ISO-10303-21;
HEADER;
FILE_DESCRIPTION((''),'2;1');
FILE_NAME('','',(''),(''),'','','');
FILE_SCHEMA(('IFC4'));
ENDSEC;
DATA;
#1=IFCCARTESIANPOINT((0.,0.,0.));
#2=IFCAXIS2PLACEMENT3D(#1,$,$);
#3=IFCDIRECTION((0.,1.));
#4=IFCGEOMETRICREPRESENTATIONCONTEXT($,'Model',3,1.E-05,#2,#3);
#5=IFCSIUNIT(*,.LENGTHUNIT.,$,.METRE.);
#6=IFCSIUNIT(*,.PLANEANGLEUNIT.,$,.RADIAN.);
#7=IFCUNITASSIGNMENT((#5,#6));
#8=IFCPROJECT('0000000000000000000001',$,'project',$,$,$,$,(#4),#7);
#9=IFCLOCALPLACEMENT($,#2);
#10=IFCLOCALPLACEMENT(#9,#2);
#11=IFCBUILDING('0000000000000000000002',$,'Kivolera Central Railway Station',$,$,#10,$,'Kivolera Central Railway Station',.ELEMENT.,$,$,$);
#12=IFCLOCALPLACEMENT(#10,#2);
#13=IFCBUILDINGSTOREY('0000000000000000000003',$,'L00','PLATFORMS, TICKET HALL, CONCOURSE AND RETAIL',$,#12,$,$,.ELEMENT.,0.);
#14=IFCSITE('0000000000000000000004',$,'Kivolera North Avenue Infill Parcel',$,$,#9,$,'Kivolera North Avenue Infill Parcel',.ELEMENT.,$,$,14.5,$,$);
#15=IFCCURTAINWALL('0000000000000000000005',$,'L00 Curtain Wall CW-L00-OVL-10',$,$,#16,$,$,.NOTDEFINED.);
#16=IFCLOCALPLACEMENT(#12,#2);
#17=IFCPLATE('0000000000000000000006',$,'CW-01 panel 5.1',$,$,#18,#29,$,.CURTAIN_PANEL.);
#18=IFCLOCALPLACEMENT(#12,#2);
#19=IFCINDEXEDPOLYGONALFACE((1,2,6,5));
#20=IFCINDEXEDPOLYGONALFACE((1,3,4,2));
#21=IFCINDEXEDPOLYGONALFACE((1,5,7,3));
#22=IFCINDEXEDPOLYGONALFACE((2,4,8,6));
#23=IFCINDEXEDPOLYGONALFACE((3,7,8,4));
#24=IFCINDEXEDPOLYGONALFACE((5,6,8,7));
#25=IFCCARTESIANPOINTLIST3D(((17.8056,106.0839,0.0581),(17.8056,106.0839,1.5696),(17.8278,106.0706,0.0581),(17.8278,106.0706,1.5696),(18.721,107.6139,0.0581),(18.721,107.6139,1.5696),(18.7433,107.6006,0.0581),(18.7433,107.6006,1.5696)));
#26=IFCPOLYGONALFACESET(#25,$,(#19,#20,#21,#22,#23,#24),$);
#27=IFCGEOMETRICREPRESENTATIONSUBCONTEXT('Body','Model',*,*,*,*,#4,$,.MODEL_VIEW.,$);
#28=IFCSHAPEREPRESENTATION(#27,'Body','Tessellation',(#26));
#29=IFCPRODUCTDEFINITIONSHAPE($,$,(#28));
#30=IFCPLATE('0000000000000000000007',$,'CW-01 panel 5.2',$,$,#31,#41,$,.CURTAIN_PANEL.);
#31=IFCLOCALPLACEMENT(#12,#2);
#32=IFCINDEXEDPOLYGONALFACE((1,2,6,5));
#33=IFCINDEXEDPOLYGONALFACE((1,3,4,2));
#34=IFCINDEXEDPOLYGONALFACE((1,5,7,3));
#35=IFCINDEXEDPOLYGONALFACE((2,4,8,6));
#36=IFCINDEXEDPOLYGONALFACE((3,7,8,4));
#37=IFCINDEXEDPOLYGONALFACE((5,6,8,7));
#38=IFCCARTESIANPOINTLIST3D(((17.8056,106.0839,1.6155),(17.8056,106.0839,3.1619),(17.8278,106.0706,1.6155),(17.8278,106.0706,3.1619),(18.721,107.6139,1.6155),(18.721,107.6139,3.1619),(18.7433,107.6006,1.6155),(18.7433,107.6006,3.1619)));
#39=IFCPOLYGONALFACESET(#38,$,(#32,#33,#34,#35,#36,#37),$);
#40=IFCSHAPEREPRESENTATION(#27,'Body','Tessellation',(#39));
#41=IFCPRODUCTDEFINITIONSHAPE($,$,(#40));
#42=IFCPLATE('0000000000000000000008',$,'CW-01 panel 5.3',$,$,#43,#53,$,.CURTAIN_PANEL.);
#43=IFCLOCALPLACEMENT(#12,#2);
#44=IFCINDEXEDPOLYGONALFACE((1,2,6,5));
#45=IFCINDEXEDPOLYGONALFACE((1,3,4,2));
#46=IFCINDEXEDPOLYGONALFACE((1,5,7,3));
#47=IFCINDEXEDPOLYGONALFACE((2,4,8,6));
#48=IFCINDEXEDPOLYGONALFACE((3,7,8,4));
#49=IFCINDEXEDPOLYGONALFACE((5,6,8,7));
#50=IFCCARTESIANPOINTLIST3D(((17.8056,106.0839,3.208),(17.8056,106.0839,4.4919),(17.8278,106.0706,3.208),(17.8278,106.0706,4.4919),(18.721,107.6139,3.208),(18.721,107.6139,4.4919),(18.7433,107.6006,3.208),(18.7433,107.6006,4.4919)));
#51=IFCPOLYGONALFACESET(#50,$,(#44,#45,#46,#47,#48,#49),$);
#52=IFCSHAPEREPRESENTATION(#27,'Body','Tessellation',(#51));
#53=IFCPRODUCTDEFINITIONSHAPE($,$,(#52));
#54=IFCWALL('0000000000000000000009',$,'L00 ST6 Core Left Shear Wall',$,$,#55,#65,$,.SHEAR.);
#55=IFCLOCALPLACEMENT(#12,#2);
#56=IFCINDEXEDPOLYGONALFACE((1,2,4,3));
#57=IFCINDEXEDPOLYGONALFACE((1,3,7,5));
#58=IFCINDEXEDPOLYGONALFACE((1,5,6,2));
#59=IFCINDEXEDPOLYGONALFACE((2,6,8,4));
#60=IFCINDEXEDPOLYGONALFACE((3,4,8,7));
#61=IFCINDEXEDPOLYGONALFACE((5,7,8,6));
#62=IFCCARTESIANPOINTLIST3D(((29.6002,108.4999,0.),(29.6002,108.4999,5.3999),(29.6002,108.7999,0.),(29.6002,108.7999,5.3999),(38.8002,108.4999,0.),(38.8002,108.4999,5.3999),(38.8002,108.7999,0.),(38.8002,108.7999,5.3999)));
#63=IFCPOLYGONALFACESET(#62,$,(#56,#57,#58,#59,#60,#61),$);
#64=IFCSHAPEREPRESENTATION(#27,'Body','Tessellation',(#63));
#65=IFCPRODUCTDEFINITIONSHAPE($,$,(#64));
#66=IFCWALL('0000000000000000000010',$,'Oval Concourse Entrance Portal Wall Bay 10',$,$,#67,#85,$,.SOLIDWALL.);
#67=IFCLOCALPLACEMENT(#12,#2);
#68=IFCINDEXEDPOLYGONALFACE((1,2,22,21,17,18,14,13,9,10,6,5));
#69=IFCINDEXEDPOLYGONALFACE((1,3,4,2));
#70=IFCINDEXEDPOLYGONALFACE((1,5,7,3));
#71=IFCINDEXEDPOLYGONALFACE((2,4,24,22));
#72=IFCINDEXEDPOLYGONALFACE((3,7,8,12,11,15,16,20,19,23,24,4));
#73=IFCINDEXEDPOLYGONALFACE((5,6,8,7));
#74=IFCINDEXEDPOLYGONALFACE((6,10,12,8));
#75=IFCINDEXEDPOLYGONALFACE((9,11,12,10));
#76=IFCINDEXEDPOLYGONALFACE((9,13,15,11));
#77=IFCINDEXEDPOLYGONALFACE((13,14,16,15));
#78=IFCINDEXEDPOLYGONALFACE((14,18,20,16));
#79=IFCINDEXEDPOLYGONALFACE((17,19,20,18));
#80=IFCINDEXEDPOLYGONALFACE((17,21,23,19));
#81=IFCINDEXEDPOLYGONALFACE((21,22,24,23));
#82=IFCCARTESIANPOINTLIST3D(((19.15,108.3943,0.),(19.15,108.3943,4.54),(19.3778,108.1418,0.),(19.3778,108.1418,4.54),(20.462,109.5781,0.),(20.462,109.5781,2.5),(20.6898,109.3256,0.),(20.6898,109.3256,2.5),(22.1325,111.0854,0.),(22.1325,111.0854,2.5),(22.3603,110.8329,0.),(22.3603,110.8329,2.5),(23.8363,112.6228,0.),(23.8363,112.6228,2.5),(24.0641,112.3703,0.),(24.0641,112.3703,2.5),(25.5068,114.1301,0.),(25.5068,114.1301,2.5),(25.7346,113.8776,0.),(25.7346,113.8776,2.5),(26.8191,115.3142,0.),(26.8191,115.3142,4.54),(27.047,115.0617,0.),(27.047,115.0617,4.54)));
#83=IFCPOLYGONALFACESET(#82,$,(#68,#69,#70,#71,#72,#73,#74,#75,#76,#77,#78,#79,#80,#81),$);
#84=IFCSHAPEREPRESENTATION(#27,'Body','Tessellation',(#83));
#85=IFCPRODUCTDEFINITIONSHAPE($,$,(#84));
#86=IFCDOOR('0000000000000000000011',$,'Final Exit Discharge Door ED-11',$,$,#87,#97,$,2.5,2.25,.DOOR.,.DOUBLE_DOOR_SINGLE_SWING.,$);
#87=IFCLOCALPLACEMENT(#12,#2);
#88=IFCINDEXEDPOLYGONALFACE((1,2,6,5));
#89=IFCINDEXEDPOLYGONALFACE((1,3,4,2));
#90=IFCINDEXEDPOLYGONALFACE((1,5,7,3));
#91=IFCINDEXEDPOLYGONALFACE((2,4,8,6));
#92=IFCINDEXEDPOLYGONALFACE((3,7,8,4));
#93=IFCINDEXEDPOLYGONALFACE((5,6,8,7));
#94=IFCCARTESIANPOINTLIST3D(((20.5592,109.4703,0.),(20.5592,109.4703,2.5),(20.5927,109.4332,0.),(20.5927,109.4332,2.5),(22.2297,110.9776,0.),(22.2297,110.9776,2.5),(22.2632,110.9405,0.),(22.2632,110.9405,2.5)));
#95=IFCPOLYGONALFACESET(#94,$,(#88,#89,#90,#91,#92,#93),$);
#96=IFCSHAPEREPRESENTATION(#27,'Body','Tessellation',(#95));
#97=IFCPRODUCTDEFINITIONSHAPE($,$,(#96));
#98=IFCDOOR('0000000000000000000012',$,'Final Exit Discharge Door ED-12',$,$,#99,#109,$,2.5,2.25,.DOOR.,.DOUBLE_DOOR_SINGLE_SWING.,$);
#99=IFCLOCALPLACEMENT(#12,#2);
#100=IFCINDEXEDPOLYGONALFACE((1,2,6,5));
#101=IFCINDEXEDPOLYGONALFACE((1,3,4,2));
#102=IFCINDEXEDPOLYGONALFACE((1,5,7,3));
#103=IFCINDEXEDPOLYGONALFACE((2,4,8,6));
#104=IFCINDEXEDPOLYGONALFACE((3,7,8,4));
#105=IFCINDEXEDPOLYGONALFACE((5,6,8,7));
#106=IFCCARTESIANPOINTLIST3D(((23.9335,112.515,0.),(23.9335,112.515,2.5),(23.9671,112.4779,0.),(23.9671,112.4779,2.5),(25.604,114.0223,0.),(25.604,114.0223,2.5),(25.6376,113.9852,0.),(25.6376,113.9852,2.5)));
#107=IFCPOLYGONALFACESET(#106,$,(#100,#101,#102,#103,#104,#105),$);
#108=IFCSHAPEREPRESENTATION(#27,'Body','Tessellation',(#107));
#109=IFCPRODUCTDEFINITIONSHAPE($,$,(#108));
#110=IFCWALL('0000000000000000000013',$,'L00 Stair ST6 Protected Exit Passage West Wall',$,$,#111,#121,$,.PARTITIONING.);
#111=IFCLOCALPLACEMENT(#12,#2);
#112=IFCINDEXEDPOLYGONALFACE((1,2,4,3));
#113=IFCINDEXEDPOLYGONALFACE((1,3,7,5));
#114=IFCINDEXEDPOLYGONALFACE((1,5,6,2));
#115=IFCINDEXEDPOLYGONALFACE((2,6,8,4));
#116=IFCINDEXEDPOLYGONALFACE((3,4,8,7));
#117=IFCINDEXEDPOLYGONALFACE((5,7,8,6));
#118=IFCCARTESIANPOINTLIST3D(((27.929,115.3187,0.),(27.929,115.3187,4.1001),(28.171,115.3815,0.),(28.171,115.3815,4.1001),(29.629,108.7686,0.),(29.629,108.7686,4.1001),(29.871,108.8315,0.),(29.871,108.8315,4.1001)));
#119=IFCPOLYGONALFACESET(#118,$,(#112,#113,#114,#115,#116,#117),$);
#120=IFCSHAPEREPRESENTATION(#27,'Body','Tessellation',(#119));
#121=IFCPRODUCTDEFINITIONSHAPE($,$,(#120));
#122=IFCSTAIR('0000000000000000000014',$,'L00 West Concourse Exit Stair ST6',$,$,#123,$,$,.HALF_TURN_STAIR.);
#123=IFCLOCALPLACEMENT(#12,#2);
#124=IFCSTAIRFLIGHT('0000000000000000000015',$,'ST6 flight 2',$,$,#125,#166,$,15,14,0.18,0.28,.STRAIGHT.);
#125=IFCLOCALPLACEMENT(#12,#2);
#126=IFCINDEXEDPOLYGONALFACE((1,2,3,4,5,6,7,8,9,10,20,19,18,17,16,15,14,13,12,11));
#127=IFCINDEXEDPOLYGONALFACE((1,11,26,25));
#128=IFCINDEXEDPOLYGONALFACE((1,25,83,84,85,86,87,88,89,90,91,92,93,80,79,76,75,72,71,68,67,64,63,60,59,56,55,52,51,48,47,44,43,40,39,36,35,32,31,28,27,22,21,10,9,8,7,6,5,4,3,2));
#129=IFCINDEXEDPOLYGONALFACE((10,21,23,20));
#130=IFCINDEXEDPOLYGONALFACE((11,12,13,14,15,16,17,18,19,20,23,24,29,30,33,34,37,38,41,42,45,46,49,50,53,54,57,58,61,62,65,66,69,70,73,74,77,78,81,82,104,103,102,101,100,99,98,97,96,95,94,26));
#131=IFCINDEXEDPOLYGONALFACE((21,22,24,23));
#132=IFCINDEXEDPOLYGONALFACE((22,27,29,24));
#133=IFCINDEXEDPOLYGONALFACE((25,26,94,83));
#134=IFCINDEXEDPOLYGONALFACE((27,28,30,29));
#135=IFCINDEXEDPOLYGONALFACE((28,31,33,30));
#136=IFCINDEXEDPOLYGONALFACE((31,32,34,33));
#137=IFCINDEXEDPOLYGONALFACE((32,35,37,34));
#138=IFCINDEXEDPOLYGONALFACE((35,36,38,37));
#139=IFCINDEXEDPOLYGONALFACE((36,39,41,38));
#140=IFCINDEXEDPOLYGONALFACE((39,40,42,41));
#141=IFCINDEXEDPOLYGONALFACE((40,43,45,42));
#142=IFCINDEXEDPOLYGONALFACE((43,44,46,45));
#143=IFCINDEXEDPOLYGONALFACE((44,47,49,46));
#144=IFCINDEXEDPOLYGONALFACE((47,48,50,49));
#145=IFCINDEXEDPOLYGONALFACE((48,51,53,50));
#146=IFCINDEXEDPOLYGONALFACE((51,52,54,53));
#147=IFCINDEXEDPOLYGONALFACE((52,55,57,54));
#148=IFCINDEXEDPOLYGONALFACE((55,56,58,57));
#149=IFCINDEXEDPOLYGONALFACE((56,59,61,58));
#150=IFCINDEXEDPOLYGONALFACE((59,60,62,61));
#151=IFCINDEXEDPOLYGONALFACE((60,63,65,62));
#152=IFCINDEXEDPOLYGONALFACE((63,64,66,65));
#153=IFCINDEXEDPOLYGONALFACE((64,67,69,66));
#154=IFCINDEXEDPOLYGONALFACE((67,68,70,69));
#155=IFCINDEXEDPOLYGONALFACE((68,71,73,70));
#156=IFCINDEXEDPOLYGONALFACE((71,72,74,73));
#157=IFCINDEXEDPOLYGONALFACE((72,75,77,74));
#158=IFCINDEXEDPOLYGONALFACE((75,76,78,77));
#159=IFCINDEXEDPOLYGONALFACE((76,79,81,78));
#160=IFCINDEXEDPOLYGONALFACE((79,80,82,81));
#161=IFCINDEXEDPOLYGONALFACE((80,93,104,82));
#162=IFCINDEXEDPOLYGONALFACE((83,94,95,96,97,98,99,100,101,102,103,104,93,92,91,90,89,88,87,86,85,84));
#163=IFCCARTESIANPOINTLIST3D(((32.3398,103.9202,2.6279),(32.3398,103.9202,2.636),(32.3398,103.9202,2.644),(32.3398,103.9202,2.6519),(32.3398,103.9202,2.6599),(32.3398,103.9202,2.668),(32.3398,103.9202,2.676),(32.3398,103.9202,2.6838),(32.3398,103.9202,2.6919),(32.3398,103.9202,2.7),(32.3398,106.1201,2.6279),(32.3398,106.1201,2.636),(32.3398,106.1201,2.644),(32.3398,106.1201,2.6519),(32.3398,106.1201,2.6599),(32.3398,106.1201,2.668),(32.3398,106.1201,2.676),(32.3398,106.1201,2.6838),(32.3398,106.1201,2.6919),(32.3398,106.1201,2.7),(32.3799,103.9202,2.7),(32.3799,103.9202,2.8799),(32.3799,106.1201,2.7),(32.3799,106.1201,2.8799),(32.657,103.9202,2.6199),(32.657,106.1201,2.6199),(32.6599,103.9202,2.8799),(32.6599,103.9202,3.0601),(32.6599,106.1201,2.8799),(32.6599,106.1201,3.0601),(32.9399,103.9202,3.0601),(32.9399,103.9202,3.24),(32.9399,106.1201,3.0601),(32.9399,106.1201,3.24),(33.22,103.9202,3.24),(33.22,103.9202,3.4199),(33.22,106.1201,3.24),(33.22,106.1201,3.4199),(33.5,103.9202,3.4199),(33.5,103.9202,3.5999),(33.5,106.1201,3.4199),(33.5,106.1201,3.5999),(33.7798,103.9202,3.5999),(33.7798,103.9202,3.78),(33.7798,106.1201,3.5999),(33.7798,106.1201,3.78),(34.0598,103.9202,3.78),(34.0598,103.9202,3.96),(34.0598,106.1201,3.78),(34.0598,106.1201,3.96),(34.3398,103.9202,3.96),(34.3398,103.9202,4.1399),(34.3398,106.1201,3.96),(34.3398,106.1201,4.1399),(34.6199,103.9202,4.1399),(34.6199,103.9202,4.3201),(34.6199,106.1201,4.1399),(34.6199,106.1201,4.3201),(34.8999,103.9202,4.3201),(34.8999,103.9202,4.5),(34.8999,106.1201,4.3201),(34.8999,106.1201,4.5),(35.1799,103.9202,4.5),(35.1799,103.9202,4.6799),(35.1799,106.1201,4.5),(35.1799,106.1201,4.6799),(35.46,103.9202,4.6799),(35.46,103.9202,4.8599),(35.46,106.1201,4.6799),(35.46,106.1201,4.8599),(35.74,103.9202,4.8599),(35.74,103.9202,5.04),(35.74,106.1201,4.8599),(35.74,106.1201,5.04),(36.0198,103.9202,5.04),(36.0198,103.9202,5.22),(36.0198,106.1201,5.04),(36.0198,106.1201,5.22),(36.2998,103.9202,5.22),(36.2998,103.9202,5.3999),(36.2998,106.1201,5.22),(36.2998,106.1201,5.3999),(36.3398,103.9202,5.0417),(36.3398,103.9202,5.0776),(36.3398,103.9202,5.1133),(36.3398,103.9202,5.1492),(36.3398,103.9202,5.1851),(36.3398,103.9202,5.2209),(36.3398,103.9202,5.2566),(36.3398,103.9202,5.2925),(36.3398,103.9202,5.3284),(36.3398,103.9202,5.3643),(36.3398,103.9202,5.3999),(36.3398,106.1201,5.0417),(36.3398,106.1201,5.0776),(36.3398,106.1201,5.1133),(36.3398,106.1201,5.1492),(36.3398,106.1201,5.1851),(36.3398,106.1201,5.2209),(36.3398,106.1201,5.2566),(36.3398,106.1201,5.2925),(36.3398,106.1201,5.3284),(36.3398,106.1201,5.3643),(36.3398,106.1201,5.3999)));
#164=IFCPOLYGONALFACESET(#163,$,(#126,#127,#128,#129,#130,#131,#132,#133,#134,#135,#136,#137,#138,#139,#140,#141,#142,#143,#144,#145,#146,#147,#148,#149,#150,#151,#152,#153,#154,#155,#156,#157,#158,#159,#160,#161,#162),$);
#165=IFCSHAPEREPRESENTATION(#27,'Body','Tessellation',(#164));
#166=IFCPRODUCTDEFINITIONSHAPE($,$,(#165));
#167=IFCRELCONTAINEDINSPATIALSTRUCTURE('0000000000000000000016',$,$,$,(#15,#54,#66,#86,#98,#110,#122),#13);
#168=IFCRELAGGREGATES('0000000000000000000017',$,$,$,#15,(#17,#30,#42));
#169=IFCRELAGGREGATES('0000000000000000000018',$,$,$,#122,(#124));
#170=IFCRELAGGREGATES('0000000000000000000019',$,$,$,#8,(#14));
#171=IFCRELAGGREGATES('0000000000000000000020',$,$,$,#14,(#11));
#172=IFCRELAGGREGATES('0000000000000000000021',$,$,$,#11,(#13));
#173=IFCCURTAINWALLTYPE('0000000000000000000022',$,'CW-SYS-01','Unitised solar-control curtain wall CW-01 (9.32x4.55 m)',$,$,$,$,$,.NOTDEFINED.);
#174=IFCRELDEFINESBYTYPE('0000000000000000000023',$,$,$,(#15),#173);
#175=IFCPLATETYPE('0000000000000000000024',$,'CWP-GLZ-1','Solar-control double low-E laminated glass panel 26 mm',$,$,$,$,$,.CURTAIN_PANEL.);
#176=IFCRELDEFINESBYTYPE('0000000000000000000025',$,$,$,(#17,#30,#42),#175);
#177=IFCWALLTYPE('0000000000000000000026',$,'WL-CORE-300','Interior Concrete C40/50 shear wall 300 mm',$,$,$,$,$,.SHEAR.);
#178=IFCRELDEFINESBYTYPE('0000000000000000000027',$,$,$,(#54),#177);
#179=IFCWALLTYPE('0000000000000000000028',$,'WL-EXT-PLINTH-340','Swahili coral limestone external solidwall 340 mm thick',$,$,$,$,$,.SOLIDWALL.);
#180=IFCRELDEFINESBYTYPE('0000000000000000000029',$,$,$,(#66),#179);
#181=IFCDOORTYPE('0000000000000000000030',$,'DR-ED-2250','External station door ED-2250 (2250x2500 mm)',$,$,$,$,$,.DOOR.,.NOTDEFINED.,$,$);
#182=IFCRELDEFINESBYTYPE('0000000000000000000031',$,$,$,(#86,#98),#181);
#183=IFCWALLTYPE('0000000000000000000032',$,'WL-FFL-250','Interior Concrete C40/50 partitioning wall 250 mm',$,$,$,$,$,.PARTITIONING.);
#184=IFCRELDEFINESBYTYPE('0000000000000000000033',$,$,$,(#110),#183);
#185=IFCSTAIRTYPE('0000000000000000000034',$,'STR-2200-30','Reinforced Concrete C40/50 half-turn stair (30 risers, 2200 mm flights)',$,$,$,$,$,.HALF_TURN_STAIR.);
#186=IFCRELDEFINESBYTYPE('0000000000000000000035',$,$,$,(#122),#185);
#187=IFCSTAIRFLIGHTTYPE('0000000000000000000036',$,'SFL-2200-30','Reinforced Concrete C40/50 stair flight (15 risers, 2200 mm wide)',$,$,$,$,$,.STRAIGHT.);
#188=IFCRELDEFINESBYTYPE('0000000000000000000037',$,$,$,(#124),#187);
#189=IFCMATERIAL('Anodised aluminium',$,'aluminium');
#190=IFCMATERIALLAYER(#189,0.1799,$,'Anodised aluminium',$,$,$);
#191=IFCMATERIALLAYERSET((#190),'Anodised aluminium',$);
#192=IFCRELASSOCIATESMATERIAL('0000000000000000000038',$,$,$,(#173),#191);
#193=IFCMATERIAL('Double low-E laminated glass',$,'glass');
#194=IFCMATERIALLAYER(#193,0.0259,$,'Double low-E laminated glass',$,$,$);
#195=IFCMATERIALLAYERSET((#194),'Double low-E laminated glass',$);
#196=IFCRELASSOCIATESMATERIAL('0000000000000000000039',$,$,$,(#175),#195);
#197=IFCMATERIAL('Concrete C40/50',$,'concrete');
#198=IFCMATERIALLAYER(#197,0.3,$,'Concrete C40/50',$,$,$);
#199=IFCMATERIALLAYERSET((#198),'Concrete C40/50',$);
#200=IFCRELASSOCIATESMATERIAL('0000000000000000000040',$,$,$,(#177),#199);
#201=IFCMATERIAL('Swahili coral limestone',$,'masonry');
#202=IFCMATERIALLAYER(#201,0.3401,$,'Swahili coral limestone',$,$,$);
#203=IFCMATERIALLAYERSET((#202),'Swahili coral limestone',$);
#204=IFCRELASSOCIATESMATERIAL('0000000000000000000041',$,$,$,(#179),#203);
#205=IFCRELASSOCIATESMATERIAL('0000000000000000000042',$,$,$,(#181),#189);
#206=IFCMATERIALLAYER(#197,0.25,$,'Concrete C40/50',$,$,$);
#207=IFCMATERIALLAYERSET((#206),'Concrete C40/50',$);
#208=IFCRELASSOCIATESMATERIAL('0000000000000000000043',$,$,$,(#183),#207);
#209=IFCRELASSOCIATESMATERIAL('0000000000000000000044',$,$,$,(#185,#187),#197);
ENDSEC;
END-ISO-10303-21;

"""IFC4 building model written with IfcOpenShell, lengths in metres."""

from ifc_helpers import new_model, si_unit, direction, frame, frame_2d, origin, origin_2d, place, context, subcontext, project, spatial, polyline, rectangle, outline, extrude, material, layer, layer_set, type_object, element, fill, aggregate, save


model = new_model("IFC4")

# Units and contexts
model_context = context("Model", 3, precision=1e-05, world=origin(), true_north=direction((0.0, 1.0)))
body_context = subcontext(model_context, "Body", "Model", "MODEL_VIEW")
ifc_project = project(units=[si_unit("LENGTHUNIT", "METRE"), si_unit("PLANEANGLEUNIT", "RADIAN")], contexts=[model_context])

# Site, building, storey
site_placement = place(None, origin())
site = spatial("IfcSite", under=ifc_project, at=site_placement, Name="Kivolera North Avenue Infill Parcel", LongName="Kivolera North Avenue Infill Parcel", CompositionType="ELEMENT", RefElevation=14.5)
building_placement = place(site_placement, origin())
building = spatial("IfcBuilding", under=site, at=building_placement, Name="Kivolera Central Railway Station", LongName="Kivolera Central Railway Station", CompositionType="ELEMENT")
storey_placement = place(building_placement, origin())
storey = spatial("IfcBuildingStorey", under=building, at=storey_placement, Name="L00", Description="PLATFORMS, TICKET HALL, CONCOURSE AND RETAIL", CompositionType="ELEMENT", Elevation=0.0)

# Shared definitions
ifc_material_1 = material(Name="Concrete C40/50", Category="concrete")

# Curtain wall, plates
ifc_material_2 = material(Name="Anodised aluminium", Category="aluminium")
ifc_layer_1 = layer(ifc_material_2, 0.1799, Name="Anodised aluminium")
ifc_layer_set_1 = layer_set([ifc_layer_1], Name="Anodised aluminium")
curtain_wall_type = type_object("IfcCurtainWallType", Name="CW-SYS-01", Description="Unitised solar-control curtain wall CW-01 (9.32x4.55 m)", PredefinedType="NOTDEFINED", material=ifc_layer_set_1)
curtain_wall_placement = place(storey_placement, origin())
curtain_wall = element("IfcCurtainWall", 1, at=curtain_wall_placement, inside=storey, type_object=curtain_wall_type, Name="L00 Curtain Wall CW-L00-OVL-10", PredefinedType="NOTDEFINED")
ifc_material_3 = material(Name="Double low-E laminated glass", Category="glass")
ifc_layer_2 = layer(ifc_material_3, 0.0259, Name="Double low-E laminated glass")
ifc_layer_set_2 = layer_set([ifc_layer_2], Name="Double low-E laminated glass")
plate_type = type_object("IfcPlateType", Name="CWP-GLZ-1", Description="Solar-control double low-E laminated glass panel 26 mm", PredefinedType="CURTAIN_PANEL", material=ifc_layer_set_2)
plate_1_placement = place(storey_placement, frame((18.2744, 106.8423, 0.0581), z_axis=(0.0, 0.0, 1.0), x_axis=(0.513454, 0.858117, 0.0)))
plate_1 = element("IfcPlate", 2, at=plate_1_placement, type_object=plate_type, Name="CW-01 panel 5.1", PredefinedType="CURTAIN_PANEL", context=body_context, shape_type="SweptSolid", body=[
    extrude(rectangle(XDim=1.783, YDim=0.0259, at=origin_2d()), origin(), (0.0, 0.0, 1.0), 1.5115),
])
plate_2_placement = place(storey_placement, frame((18.2744, 106.8423, 1.6155), z_axis=(0.0, 0.0, 1.0), x_axis=(0.513454, 0.858117, 0.0)))
plate_2 = element("IfcPlate", 3, at=plate_2_placement, type_object=plate_type, Name="CW-01 panel 5.2", PredefinedType="CURTAIN_PANEL", context=body_context, shape_type="SweptSolid", body=[
    extrude(rectangle(XDim=1.783, YDim=0.0259, at=origin_2d()), origin(), (0.0, 0.0, 1.0), 1.5464),
])
plate_3_placement = place(storey_placement, frame((18.2744, 106.8423, 3.208), z_axis=(0.0, 0.0, 1.0), x_axis=(0.513454, 0.858117, 0.0)))
plate_3 = element("IfcPlate", 4, at=plate_3_placement, type_object=plate_type, Name="CW-01 panel 5.3", PredefinedType="CURTAIN_PANEL", context=body_context, shape_type="SweptSolid", body=[
    extrude(rectangle(XDim=1.783, YDim=0.0259, at=origin_2d()), origin(), (0.0, 0.0, 1.0), 1.2839),
])
aggregate(curtain_wall, [plate_1, plate_2, plate_3])

# Wall
ifc_layer_3 = layer(ifc_material_1, 0.3, Name="Concrete C40/50")
ifc_layer_set_3 = layer_set([ifc_layer_3], Name="Concrete C40/50")
wall_type_1 = type_object("IfcWallType", Name="WL-CORE-300", Description="Interior Concrete C40/50 shear wall 300 mm", PredefinedType="SHEAR", material=ifc_layer_set_3)
wall_1_placement = place(storey_placement, frame((29.6001, 108.6499, 0.0), z_axis=(0.0, 0.0, 1.0), x_axis=(1.0, 0.0, 0.0)))
element("IfcWall", 5, at=wall_1_placement, inside=storey, type_object=wall_type_1, Name="L00 ST6 Core Left Shear Wall", PredefinedType="SHEAR", context=body_context, shape_type="SweptSolid", body=[
    extrude(rectangle(XDim=9.2, YDim=0.3, at=frame_2d((4.6001, 0.0))), origin(), (0.0, 0.0, 1.0), 5.3999),
])

# Wall, openings, doors
ifc_material_4 = material(Name="Swahili coral limestone", Category="masonry")
ifc_layer_4 = layer(ifc_material_4, 0.3401, Name="Swahili coral limestone")
ifc_layer_set_4 = layer_set([ifc_layer_4], Name="Swahili coral limestone")
wall_type_2 = type_object("IfcWallType", Name="WL-EXT-PLINTH-340", Description="Swahili coral limestone external solidwall 340 mm thick", PredefinedType="SOLIDWALL", material=ifc_layer_set_4)
wall_2_placement = place(storey_placement, frame((19.2639, 108.2681, 0.0), z_axis=(0.0, 0.0, 1.0), x_axis=(0.742444, 0.669908, 0.0)))
wall_2 = element("IfcWall", 6, at=wall_2_placement, inside=storey, type_object=wall_type_2, Name="Oval Concourse Entrance Portal Wall Bay 10", PredefinedType="SOLIDWALL", context=body_context, shape_type="SweptSolid", body=[
    extrude(rectangle(XDim=10.3296, YDim=0.3401, at=frame_2d((5.1648, 0.0))), origin(), (0.0, 0.0, 1.0), 4.54),
])
opening_1_placement = place(wall_2_placement, frame((1.7671, 0.0, 0.0)))
opening_1 = element("IfcOpeningElement", 7, at=opening_1_placement, cuts=wall_2, PredefinedType="OPENING", context=body_context, shape_type="SweptSolid", body=[
    extrude(rectangle(XDim=2.25, YDim=2.5, at=frame_2d((1.125, 1.25))), frame((0.0, 0.1799, 0.0), z_axis=(0.0, -1.0, 0.0), x_axis=(1.0, 0.0, 0.0)), (0.0, 0.0, 1.0), 0.3601),
])
opening_2_placement = place(wall_2_placement, frame((6.312, 0.0, 0.0)))
opening_2 = element("IfcOpeningElement", 8, at=opening_2_placement, cuts=wall_2, PredefinedType="OPENING", context=body_context, shape_type="SweptSolid", body=[
    extrude(rectangle(XDim=2.25, YDim=2.5, at=frame_2d((1.125, 1.25))), frame((0.0, 0.1799, 0.0), z_axis=(0.0, -1.0, 0.0), x_axis=(1.0, 0.0, 0.0)), (0.0, 0.0, 1.0), 0.3601),
])
door_type = type_object("IfcDoorType", Name="DR-ED-2250", Description="External station door ED-2250 (2250x2500 mm)", OperationType="NOTDEFINED", PredefinedType="DOOR", material=ifc_material_2)
door_1_placement = place(opening_1_placement, origin())
door_1 = element("IfcDoor", 9, at=door_1_placement, inside=storey, type_object=door_type, Name="Final Exit Discharge Door ED-11", OperationType="DOUBLE_DOOR_SINGLE_SWING", OverallHeight=2.5, OverallWidth=2.25, PredefinedType="DOOR", context=body_context, shape_type="SweptSolid", body=[
    extrude(rectangle(XDim=2.25, YDim=2.5, at=frame_2d((1.125, 1.25))), frame((0.0, 0.0249, 0.0), z_axis=(0.0, -1.0, 0.0), x_axis=(1.0, 0.0, 0.0)), (0.0, 0.0, 1.0), 0.05),
])
fill(opening_1, door_1)
door_2_placement = place(opening_2_placement, origin())
door_2 = element("IfcDoor", 10, at=door_2_placement, inside=storey, type_object=door_type, Name="Final Exit Discharge Door ED-12", OperationType="DOUBLE_DOOR_SINGLE_SWING", OverallHeight=2.5, OverallWidth=2.25, PredefinedType="DOOR", context=body_context, shape_type="SweptSolid", body=[
    extrude(rectangle(XDim=2.25, YDim=2.5, at=frame_2d((1.125, 1.25))), frame((0.0, 0.0249, 0.0), z_axis=(0.0, -1.0, 0.0), x_axis=(1.0, 0.0, 0.0)), (0.0, 0.0, 1.0), 0.05),
])
fill(opening_2, door_2)

# Wall
ifc_layer_5 = layer(ifc_material_1, 0.25, Name="Concrete C40/50")
ifc_layer_set_5 = layer_set([ifc_layer_5], Name="Concrete C40/50")
wall_type_3 = type_object("IfcWallType", Name="WL-FFL-250", Description="Interior Concrete C40/50 partitioning wall 250 mm", PredefinedType="PARTITIONING", material=ifc_layer_set_5)
wall_3_placement = place(storey_placement, frame((29.75, 108.8, 0.0), z_axis=(0.0, 0.0, 1.0), x_axis=(-0.25121, 0.967933, 0.0)))
element("IfcWall", 11, at=wall_3_placement, inside=storey, type_object=wall_type_3, Name="L00 Stair ST6 Protected Exit Passage West Wall", PredefinedType="PARTITIONING", context=body_context, shape_type="SweptSolid", body=[
    extrude(rectangle(XDim=6.7671, YDim=0.25, at=frame_2d((3.3835, 0.0))), origin(), (0.0, 0.0, 1.0), 4.1001),
])

# Stair, stair flight
stair_type = type_object("IfcStairType", Name="STR-2200-30", Description="Reinforced Concrete C40/50 half-turn stair (30 risers, 2200 mm flights)", PredefinedType="HALF_TURN_STAIR", material=ifc_material_1)
stair_placement = place(storey_placement, origin())
stair = element("IfcStair", 12, at=stair_placement, inside=storey, type_object=stair_type, Name="L00 West Concourse Exit Stair ST6", PredefinedType="HALF_TURN_STAIR")
stair_flight_type = type_object("IfcStairFlightType", Name="SFL-2200-30", Description="Reinforced Concrete C40/50 stair flight (15 risers, 2200 mm wide)", PredefinedType="STRAIGHT", material=ifc_material_1)
stair_flight_placement = place(storey_placement, frame((32.3799, 105.02, 2.7), z_axis=(0.0, 0.0, 1.0), x_axis=(1.0, 0.0, 0.0)))
stair_flight = element("IfcStairFlight", 13, at=stair_flight_placement, type_object=stair_flight_type, Name="ST6 flight 2", NumberOfRisers=15, NumberOfTreads=14, PredefinedType="STRAIGHT", RiserHeight=0.18, TreadLength=0.28, context=body_context, shape_type="SweptSolid", body=[
    extrude(outline(polyline([(-0.04, 0.0), (0.0, 0.0), (0.0, 0.1799), (0.28, 0.1799), (0.28, 0.3601), (0.5601, 0.3601), (0.5601, 0.54), (0.8401, 0.54), (0.8401, 0.72), (1.1201, 0.72), (1.1201, 0.8999), (1.3999, 0.8999), (1.3999, 1.0801), (1.6799, 1.0801), (1.6799, 1.26), (1.96, 1.26), (1.96, 1.4399), (2.24, 1.4399), (2.24, 1.6201), (2.52, 1.6201), (2.52, 1.8), (2.8, 1.8), (2.8, 1.98), (3.0801, 1.98), (3.0801, 2.1599), (3.3601, 2.1599), (3.3601, 2.3401), (3.6399, 2.3401), (3.6399, 2.52), (3.9199, 2.52), (3.9199, 2.7), (3.96, 2.7), (3.96, 2.6643), (3.96, 2.6284), (3.96, 2.5925), (3.96, 2.5566), (3.96, 2.521), (3.96, 2.4851), (3.96, 2.4492), (3.96, 2.4133), (3.96, 2.3777), (3.96, 2.3418), (0.2771, -0.0801), (-0.04, -0.072), (-0.04, -0.064), (-0.04, -0.0559), (-0.04, -0.0481), (-0.04, -0.04), (-0.04, -0.032), (-0.04, -0.0239), (-0.04, -0.0161), (-0.04, -0.0081), (-0.04, 0.0)])), frame((0.0, 1.1001, 0.0), z_axis=(0.0, -1.0, 0.0), x_axis=(1.0, 0.0, 0.0)), (0.0, 0.0, 1.0), 2.2),
])
aggregate(stair, [stair_flight])

save(model, "model.ifc")
